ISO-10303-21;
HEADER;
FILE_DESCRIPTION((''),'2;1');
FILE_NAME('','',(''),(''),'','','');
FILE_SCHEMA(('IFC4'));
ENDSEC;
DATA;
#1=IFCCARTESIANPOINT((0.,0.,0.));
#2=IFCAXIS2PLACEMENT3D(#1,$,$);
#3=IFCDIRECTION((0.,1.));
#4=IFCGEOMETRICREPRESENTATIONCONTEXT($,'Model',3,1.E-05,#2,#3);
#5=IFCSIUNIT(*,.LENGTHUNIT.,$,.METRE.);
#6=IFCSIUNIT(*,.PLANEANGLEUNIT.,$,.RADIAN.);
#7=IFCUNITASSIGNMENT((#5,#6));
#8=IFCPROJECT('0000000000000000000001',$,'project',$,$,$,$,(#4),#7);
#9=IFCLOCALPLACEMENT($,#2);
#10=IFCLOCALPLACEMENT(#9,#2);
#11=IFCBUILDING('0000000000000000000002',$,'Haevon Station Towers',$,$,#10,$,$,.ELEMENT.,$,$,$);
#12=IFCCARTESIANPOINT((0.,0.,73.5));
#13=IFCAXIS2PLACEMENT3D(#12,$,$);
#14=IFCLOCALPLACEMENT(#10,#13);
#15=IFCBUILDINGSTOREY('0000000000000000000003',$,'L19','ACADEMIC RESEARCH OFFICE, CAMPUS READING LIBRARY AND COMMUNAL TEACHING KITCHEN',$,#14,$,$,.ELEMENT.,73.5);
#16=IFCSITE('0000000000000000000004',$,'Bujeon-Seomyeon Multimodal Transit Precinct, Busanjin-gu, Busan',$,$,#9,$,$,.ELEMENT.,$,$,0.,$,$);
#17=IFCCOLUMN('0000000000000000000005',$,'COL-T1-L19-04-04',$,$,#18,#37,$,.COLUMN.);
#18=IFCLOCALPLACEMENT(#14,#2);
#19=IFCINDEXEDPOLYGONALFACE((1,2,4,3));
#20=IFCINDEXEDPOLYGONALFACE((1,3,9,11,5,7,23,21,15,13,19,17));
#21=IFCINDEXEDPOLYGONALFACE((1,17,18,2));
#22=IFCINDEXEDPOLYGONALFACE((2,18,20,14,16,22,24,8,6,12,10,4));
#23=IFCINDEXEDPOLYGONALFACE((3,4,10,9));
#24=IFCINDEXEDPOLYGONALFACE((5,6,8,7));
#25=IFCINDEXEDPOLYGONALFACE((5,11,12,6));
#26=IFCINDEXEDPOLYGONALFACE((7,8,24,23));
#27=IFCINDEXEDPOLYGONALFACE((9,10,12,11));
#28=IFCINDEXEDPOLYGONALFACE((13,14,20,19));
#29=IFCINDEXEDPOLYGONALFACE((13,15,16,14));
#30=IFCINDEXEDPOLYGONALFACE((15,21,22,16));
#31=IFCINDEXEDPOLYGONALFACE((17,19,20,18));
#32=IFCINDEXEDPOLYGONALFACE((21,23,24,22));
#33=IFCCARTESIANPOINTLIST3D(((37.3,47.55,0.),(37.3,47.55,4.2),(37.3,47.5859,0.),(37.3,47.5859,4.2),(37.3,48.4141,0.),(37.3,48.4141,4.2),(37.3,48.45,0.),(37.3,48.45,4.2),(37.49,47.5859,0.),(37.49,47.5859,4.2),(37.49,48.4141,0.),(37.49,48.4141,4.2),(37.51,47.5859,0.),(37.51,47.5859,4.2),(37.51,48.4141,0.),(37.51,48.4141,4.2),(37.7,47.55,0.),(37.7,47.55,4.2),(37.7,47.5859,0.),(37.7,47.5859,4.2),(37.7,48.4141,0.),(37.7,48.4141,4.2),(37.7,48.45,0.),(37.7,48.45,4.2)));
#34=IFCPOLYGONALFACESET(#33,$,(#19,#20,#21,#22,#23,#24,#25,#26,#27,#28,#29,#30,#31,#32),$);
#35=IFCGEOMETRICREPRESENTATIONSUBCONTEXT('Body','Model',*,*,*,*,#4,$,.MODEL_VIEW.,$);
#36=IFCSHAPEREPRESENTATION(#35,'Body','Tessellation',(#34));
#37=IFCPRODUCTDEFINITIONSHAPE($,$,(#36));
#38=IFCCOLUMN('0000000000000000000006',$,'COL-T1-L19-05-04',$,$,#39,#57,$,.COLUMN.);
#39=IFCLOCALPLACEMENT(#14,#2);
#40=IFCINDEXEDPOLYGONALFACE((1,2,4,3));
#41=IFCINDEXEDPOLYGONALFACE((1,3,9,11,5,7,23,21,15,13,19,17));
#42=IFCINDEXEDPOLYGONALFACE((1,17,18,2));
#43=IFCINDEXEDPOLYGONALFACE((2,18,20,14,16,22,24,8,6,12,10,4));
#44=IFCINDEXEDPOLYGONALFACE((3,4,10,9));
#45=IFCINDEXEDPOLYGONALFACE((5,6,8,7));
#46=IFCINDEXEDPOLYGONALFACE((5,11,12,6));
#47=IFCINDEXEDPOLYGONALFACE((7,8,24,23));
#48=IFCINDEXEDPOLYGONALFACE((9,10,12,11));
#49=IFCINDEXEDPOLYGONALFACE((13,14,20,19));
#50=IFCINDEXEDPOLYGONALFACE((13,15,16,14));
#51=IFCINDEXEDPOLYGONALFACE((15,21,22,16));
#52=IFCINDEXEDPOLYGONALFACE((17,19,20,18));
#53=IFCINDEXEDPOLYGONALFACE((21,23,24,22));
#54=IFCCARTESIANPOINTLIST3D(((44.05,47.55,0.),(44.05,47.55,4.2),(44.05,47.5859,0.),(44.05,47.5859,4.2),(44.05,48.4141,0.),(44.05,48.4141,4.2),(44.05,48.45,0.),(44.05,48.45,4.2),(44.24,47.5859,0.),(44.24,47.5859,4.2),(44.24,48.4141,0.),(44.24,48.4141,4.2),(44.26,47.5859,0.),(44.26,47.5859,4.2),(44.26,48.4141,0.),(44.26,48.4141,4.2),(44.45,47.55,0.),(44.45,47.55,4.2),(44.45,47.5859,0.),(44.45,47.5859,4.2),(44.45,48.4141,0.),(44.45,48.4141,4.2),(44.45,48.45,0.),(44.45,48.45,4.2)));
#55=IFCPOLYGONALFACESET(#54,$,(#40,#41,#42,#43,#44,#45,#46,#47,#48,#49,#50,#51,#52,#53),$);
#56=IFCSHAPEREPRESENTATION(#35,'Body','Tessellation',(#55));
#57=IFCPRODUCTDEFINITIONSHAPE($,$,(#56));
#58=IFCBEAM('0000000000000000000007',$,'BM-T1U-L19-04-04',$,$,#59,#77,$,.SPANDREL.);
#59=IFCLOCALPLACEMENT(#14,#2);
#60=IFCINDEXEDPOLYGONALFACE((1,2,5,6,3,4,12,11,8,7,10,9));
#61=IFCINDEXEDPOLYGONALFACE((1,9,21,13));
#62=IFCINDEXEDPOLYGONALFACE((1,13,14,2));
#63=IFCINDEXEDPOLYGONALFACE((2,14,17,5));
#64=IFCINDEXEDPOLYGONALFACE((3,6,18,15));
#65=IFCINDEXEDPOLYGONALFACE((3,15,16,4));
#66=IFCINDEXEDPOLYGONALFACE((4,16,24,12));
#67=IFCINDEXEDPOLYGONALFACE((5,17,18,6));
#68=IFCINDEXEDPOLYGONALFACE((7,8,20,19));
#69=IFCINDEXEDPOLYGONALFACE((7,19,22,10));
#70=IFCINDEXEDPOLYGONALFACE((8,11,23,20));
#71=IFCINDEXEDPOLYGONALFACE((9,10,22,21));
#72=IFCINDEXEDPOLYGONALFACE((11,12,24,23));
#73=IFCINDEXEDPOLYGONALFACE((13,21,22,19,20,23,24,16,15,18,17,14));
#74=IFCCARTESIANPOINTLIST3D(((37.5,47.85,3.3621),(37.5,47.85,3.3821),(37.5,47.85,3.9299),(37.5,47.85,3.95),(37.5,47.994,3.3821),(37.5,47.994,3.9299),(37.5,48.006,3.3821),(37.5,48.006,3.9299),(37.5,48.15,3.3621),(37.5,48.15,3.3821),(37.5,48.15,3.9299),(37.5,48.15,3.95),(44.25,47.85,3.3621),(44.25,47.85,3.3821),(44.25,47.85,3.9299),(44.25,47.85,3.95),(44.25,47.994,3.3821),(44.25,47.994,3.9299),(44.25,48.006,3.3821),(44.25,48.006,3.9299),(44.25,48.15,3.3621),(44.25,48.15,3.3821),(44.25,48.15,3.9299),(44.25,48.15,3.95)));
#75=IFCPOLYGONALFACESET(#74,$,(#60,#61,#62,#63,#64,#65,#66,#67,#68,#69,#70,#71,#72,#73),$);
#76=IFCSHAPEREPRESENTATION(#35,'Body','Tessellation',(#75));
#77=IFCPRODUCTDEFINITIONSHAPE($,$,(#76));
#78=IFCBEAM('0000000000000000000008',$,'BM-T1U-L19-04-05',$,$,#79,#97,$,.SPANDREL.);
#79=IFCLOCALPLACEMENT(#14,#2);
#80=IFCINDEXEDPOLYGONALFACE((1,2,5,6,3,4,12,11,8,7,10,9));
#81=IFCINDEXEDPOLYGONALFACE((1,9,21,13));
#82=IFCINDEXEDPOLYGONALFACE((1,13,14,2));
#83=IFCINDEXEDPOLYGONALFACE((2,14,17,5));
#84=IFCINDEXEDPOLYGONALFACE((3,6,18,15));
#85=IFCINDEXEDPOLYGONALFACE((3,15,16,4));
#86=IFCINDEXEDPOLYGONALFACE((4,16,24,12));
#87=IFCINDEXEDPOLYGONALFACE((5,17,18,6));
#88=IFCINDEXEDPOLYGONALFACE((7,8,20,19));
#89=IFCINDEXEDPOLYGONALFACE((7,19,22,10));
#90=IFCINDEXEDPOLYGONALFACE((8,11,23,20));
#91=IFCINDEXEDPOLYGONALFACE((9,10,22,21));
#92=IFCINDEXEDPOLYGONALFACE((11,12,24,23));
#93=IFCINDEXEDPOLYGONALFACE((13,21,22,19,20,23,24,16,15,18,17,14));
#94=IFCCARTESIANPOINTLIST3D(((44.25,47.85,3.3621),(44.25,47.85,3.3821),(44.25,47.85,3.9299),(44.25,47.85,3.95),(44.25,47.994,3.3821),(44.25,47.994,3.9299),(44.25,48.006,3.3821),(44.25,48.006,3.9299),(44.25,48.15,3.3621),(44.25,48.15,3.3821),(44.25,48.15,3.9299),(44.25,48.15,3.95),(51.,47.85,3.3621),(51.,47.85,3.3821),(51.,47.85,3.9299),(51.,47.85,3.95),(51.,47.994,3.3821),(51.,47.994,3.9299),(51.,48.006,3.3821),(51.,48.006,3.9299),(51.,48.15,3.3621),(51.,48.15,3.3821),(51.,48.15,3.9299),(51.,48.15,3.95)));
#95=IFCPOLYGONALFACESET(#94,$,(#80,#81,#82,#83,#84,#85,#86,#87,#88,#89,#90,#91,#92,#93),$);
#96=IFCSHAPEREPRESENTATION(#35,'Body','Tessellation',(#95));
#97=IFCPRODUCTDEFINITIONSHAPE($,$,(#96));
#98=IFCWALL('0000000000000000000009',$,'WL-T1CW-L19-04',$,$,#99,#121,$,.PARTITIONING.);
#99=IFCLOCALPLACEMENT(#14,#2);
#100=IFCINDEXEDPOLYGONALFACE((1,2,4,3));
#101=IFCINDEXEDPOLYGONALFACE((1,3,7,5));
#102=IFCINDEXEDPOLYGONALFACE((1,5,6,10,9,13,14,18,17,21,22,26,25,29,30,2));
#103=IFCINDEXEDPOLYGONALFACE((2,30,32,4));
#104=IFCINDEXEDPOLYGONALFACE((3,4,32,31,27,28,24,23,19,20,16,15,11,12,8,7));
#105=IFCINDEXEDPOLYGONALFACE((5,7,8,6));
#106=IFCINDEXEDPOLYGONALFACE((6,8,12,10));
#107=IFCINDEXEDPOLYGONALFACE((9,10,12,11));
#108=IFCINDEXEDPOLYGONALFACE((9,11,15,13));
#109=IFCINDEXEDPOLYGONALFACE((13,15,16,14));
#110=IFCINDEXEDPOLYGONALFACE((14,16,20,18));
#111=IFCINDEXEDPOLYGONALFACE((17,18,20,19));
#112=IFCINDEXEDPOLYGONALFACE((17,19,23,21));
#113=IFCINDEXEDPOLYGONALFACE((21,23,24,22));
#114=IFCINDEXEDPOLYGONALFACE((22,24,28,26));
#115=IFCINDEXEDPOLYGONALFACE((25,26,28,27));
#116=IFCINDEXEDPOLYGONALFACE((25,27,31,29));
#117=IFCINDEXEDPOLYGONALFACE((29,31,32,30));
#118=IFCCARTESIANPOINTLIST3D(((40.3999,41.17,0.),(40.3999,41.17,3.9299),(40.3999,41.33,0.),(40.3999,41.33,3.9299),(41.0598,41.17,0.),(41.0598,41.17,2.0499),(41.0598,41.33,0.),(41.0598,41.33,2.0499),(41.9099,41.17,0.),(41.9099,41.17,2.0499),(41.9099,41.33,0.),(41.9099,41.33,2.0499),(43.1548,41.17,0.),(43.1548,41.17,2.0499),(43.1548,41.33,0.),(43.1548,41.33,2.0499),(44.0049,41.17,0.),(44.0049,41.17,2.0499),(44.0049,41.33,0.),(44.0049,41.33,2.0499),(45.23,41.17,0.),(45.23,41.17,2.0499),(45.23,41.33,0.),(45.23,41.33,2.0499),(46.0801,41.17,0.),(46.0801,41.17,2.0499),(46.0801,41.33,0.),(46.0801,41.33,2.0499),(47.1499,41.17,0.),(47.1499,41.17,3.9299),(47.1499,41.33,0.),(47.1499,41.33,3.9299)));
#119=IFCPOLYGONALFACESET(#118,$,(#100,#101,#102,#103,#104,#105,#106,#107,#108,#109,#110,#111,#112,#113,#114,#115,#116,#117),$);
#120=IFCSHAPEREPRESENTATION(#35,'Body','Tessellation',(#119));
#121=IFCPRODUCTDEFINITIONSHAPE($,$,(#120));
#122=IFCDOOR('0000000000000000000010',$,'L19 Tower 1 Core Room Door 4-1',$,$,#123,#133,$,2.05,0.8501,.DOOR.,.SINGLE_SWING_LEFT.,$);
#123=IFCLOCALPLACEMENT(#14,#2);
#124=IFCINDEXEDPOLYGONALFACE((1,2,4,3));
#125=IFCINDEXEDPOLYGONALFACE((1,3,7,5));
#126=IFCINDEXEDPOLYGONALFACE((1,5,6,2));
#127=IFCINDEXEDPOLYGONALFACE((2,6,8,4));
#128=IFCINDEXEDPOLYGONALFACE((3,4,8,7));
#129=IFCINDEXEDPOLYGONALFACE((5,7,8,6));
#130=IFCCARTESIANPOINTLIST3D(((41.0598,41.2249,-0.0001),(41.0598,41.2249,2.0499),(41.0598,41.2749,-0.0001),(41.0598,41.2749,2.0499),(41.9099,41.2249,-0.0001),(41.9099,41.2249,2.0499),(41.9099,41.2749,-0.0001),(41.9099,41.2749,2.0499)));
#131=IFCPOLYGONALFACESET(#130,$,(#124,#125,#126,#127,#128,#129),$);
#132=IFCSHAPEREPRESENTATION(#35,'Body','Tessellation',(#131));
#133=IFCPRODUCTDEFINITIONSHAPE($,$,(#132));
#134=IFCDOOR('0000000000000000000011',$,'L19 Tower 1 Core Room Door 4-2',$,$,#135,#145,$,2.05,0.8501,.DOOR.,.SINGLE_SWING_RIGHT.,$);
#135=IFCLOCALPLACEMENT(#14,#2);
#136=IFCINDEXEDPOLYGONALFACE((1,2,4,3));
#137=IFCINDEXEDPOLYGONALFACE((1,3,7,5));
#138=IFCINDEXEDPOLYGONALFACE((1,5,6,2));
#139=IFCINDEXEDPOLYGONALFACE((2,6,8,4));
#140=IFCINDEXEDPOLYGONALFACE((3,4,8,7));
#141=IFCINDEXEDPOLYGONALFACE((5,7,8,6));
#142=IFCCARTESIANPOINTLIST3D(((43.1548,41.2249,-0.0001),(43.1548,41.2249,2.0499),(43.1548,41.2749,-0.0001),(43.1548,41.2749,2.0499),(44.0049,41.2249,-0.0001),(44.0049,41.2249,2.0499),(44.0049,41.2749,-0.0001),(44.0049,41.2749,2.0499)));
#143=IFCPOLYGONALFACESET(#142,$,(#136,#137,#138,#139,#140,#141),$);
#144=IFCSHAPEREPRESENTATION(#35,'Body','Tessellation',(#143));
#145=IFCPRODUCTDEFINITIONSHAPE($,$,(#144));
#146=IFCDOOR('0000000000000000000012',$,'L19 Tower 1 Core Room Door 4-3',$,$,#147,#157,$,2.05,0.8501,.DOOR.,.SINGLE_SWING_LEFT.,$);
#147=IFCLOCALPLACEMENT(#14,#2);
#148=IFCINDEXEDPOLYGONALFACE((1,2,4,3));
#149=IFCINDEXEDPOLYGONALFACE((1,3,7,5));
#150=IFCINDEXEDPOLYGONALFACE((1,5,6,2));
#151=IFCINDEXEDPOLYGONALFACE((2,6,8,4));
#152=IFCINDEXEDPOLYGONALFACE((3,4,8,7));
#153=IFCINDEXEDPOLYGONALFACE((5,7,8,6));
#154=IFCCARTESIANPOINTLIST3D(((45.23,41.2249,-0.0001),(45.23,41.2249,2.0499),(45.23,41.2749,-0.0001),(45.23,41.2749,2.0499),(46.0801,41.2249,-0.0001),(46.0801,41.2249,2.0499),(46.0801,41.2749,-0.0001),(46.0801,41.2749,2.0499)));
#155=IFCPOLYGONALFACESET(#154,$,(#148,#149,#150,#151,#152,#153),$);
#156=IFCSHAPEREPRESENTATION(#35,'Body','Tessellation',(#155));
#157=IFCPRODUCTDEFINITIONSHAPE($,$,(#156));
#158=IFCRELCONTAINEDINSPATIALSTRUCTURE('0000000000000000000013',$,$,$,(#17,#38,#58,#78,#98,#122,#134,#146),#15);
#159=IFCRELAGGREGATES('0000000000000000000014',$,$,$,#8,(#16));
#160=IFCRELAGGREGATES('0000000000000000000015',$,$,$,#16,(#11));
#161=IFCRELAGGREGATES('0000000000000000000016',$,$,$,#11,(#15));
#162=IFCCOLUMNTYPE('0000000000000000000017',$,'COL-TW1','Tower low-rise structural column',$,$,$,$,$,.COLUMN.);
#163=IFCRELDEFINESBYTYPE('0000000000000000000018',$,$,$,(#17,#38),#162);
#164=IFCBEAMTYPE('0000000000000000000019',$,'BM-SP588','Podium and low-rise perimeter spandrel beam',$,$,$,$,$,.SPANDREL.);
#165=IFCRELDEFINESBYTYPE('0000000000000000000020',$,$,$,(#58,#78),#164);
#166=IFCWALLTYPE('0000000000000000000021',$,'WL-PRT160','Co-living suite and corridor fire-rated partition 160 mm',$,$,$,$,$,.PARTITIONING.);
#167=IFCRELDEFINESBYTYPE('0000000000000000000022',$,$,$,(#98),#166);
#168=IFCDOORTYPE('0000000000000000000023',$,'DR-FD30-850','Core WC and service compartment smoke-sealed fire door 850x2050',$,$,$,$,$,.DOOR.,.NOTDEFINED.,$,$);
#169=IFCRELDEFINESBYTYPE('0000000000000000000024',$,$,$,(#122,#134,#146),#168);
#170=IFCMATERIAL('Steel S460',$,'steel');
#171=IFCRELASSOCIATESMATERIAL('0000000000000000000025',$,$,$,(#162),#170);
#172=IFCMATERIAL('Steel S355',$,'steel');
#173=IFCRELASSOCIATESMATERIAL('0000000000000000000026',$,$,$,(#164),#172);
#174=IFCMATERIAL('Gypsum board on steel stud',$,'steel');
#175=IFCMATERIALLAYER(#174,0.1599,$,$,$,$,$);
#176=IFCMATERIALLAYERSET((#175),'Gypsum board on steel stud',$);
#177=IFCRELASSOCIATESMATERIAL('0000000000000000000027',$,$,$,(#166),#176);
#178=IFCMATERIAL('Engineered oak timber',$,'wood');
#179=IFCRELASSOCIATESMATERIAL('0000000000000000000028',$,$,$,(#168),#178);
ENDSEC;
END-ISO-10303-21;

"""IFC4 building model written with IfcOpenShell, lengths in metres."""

from ifc_helpers import new_model, si_unit, direction, frame, frame_2d, origin, origin_2d, place, context, subcontext, project, spatial, rectangle, i_section, extrude, material, layer, layer_set, material_profile, profile_set, type_object, element, fill, save


model = new_model("IFC4")

# Units and contexts
model_context = context("Model", 3, precision=1e-05, world=origin(), true_north=direction((0.0, 1.0)))
body_context = subcontext(model_context, "Body", "Model", "MODEL_VIEW")
ifc_project = project(units=[si_unit("LENGTHUNIT", "METRE"), si_unit("PLANEANGLEUNIT", "RADIAN")], contexts=[model_context])

# Site, building, storey
site_placement = place(None, origin())
site = spatial("IfcSite", under=ifc_project, at=site_placement, Name="Bujeon-Seomyeon Multimodal Transit Precinct, Busanjin-gu, Busan", CompositionType="ELEMENT", RefElevation=0.0)
building_placement = place(site_placement, origin())
building = spatial("IfcBuilding", under=site, at=building_placement, Name="Haevon Station Towers", CompositionType="ELEMENT")
storey_placement = place(building_placement, frame((0.0, 0.0, 73.5)))
storey = spatial("IfcBuildingStorey", under=building, at=storey_placement, Name="L19", Description="ACADEMIC RESEARCH OFFICE, CAMPUS READING LIBRARY AND COMMUNAL TEACHING KITCHEN", CompositionType="ELEMENT", Elevation=73.5)

# Columns
ifc_material_1 = material(Name="Steel S460", Category="steel")
ifc_material_profile_1 = material_profile(ifc_material_1, i_section(OverallWidth=0.3999, OverallDepth=0.8999, WebThickness=0.02, FlangeThickness=0.0359, at=origin_2d()), Name="H-900x400x20x36")
ifc_profile_set_1 = profile_set([ifc_material_profile_1], Name="Steel S460")
column_type = type_object("IfcColumnType", Name="COL-TW1", Description="Tower low-rise structural column", PredefinedType="COLUMN", material=ifc_profile_set_1)
for number, where, z_axis, x_axis, name in (
    (1, (37.5, 48.0, 0.0), (0.0, 0.0, 1.0), (1.0, 0.0, 0.0), "COL-T1-L19-04-04"),
    (2, (44.25, 48.0, 0.0), (0.0, 0.0, 1.0), (1.0, 0.0, 0.0), "COL-T1-L19-05-04"),
):
    element("IfcColumn", number, at=place(storey_placement, frame(where, z_axis=z_axis, x_axis=x_axis)), inside=storey, type_object=column_type, Name=name, PredefinedType="COLUMN", context=body_context, shape_type="SweptSolid", body=[
        extrude(i_section(OverallWidth=0.3999, OverallDepth=0.8999, WebThickness=0.02, FlangeThickness=0.0359, at=origin_2d()), origin(), (0.0, 0.0, 1.0), 4.2),
    ])

# Beams
ifc_material_2 = material(Name="Steel S355", Category="steel")
ifc_material_profile_2 = material_profile(ifc_material_2, i_section(OverallWidth=0.3, OverallDepth=0.5879, WebThickness=0.012, FlangeThickness=0.02, at=origin_2d()), Name="H-588x300x12x20")
ifc_profile_set_2 = profile_set([ifc_material_profile_2], Name="Steel S355")
beam_type = type_object("IfcBeamType", Name="BM-SP588", Description="Podium and low-rise perimeter spandrel beam", PredefinedType="SPANDREL", material=ifc_profile_set_2)
for number, where, z_axis, x_axis, name in (
    (3, (37.5, 48.0, 3.656), (1.0, 0.0, 0.0), (0.0, 1.0, 0.0), "BM-T1U-L19-04-04"),
    (4, (44.25, 48.0, 3.656), (1.0, 0.0, 0.0), (0.0, 1.0, 0.0), "BM-T1U-L19-04-05"),
):
    element("IfcBeam", number, at=place(storey_placement, frame(where, z_axis=z_axis, x_axis=x_axis)), inside=storey, type_object=beam_type, Name=name, PredefinedType="SPANDREL", context=body_context, shape_type="SweptSolid", body=[
        extrude(i_section(OverallWidth=0.3, OverallDepth=0.5879, WebThickness=0.012, FlangeThickness=0.02, at=origin_2d()), origin(), (0.0, 0.0, 1.0), 6.75),
    ])

# Wall, openings, doors
ifc_material_3 = material(Name="Gypsum board on steel stud", Category="steel")
ifc_layer_1 = layer(ifc_material_3, 0.1599)
ifc_layer_set_1 = layer_set([ifc_layer_1], Name="Gypsum board on steel stud")
wall_type_1 = type_object("IfcWallType", Name="WL-PRT160", Description="Co-living suite and corridor fire-rated partition 160 mm", PredefinedType="PARTITIONING", material=ifc_layer_set_1)
wall_1_placement = place(storey_placement, frame((40.3999, 41.25, 0.0), z_axis=(0.0, 0.0, 1.0), x_axis=(1.0, 0.0, 0.0)))
wall_1 = element("IfcWall", 5, at=wall_1_placement, inside=storey, type_object=wall_type_1, Name="WL-T1CW-L19-04", PredefinedType="PARTITIONING", context=body_context, shape_type="SweptSolid", body=[
    extrude(rectangle(XDim=6.75, YDim=0.1599, at=frame_2d((3.375, 0.0))), origin(), (0.0, 0.0, 1.0), 3.9299),
])
opening_1_placement = place(wall_1_placement, frame((0.6599, 0.0, 0.0)))
opening_1 = element("IfcOpeningElement", 6, at=opening_1_placement, cuts=wall_1, PredefinedType="OPENING", context=body_context, shape_type="SweptSolid", body=[
    extrude(rectangle(XDim=0.8501, YDim=2.05, at=frame_2d((0.425, 1.0249))), frame((0.0, 0.0898, 0.0), z_axis=(0.0, -1.0, 0.0), x_axis=(1.0, 0.0, 0.0)), (0.0, 0.0, 1.0), 0.1799),
])
opening_2_placement = place(wall_1_placement, frame((2.7549, 0.0, 0.0)))
opening_2 = element("IfcOpeningElement", 7, at=opening_2_placement, cuts=wall_1, PredefinedType="OPENING", context=body_context, shape_type="SweptSolid", body=[
    extrude(rectangle(XDim=0.8501, YDim=2.05, at=frame_2d((0.425, 1.0249))), frame((0.0, 0.0898, 0.0), z_axis=(0.0, -1.0, 0.0), x_axis=(1.0, 0.0, 0.0)), (0.0, 0.0, 1.0), 0.1799),
])
opening_3_placement = place(wall_1_placement, frame((4.8301, 0.0, 0.0)))
opening_3 = element("IfcOpeningElement", 8, at=opening_3_placement, cuts=wall_1, PredefinedType="OPENING", context=body_context, shape_type="SweptSolid", body=[
    extrude(rectangle(XDim=0.8501, YDim=2.05, at=frame_2d((0.425, 1.0249))), frame((0.0, 0.0898, 0.0), z_axis=(0.0, -1.0, 0.0), x_axis=(1.0, 0.0, 0.0)), (0.0, 0.0, 1.0), 0.1799),
])
ifc_material_4 = material(Name="Engineered oak timber", Category="wood")
door_type_1 = type_object("IfcDoorType", Name="DR-FD30-850", Description="Core WC and service compartment smoke-sealed fire door 850x2050", OperationType="NOTDEFINED", PredefinedType="DOOR", material=ifc_material_4)
door_1_placement = place(opening_1_placement, origin())
door_1 = element("IfcDoor", 9, at=door_1_placement, inside=storey, type_object=door_type_1, Name="L19 Tower 1 Core Room Door 4-1", OperationType="SINGLE_SWING_LEFT", OverallHeight=2.05, OverallWidth=0.8501, PredefinedType="DOOR", context=body_context, shape_type="SweptSolid", body=[
    extrude(rectangle(XDim=0.8501, YDim=2.05, at=frame_2d((0.425, 1.0249))), frame((0.0, 0.0249, 0.0), z_axis=(0.0, -1.0, 0.0), x_axis=(1.0, 0.0, 0.0)), (0.0, 0.0, 1.0), 0.05),
])
fill(opening_1, door_1)
door_2_placement = place(opening_2_placement, origin())
door_2 = element("IfcDoor", 10, at=door_2_placement, inside=storey, type_object=door_type_1, Name="L19 Tower 1 Core Room Door 4-2", OperationType="SINGLE_SWING_RIGHT", OverallHeight=2.05, OverallWidth=0.8501, PredefinedType="DOOR", context=body_context, shape_type="SweptSolid", body=[
    extrude(rectangle(XDim=0.8501, YDim=2.05, at=frame_2d((0.425, 1.0249))), frame((0.0, 0.0249, 0.0), z_axis=(0.0, -1.0, 0.0), x_axis=(1.0, 0.0, 0.0)), (0.0, 0.0, 1.0), 0.05),
])
fill(opening_2, door_2)
door_3_placement = place(opening_3_placement, origin())
door_3 = element("IfcDoor", 11, at=door_3_placement, inside=storey, type_object=door_type_1, Name="L19 Tower 1 Core Room Door 4-3", OperationType="SINGLE_SWING_LEFT", OverallHeight=2.05, OverallWidth=0.8501, PredefinedType="DOOR", context=body_context, shape_type="SweptSolid", body=[
    extrude(rectangle(XDim=0.8501, YDim=2.05, at=frame_2d((0.425, 1.0249))), frame((0.0, 0.0249, 0.0), z_axis=(0.0, -1.0, 0.0), x_axis=(1.0, 0.0, 0.0)), (0.0, 0.0, 1.0), 0.05),
])
fill(opening_3, door_3)

save(model, "model.ifc")
